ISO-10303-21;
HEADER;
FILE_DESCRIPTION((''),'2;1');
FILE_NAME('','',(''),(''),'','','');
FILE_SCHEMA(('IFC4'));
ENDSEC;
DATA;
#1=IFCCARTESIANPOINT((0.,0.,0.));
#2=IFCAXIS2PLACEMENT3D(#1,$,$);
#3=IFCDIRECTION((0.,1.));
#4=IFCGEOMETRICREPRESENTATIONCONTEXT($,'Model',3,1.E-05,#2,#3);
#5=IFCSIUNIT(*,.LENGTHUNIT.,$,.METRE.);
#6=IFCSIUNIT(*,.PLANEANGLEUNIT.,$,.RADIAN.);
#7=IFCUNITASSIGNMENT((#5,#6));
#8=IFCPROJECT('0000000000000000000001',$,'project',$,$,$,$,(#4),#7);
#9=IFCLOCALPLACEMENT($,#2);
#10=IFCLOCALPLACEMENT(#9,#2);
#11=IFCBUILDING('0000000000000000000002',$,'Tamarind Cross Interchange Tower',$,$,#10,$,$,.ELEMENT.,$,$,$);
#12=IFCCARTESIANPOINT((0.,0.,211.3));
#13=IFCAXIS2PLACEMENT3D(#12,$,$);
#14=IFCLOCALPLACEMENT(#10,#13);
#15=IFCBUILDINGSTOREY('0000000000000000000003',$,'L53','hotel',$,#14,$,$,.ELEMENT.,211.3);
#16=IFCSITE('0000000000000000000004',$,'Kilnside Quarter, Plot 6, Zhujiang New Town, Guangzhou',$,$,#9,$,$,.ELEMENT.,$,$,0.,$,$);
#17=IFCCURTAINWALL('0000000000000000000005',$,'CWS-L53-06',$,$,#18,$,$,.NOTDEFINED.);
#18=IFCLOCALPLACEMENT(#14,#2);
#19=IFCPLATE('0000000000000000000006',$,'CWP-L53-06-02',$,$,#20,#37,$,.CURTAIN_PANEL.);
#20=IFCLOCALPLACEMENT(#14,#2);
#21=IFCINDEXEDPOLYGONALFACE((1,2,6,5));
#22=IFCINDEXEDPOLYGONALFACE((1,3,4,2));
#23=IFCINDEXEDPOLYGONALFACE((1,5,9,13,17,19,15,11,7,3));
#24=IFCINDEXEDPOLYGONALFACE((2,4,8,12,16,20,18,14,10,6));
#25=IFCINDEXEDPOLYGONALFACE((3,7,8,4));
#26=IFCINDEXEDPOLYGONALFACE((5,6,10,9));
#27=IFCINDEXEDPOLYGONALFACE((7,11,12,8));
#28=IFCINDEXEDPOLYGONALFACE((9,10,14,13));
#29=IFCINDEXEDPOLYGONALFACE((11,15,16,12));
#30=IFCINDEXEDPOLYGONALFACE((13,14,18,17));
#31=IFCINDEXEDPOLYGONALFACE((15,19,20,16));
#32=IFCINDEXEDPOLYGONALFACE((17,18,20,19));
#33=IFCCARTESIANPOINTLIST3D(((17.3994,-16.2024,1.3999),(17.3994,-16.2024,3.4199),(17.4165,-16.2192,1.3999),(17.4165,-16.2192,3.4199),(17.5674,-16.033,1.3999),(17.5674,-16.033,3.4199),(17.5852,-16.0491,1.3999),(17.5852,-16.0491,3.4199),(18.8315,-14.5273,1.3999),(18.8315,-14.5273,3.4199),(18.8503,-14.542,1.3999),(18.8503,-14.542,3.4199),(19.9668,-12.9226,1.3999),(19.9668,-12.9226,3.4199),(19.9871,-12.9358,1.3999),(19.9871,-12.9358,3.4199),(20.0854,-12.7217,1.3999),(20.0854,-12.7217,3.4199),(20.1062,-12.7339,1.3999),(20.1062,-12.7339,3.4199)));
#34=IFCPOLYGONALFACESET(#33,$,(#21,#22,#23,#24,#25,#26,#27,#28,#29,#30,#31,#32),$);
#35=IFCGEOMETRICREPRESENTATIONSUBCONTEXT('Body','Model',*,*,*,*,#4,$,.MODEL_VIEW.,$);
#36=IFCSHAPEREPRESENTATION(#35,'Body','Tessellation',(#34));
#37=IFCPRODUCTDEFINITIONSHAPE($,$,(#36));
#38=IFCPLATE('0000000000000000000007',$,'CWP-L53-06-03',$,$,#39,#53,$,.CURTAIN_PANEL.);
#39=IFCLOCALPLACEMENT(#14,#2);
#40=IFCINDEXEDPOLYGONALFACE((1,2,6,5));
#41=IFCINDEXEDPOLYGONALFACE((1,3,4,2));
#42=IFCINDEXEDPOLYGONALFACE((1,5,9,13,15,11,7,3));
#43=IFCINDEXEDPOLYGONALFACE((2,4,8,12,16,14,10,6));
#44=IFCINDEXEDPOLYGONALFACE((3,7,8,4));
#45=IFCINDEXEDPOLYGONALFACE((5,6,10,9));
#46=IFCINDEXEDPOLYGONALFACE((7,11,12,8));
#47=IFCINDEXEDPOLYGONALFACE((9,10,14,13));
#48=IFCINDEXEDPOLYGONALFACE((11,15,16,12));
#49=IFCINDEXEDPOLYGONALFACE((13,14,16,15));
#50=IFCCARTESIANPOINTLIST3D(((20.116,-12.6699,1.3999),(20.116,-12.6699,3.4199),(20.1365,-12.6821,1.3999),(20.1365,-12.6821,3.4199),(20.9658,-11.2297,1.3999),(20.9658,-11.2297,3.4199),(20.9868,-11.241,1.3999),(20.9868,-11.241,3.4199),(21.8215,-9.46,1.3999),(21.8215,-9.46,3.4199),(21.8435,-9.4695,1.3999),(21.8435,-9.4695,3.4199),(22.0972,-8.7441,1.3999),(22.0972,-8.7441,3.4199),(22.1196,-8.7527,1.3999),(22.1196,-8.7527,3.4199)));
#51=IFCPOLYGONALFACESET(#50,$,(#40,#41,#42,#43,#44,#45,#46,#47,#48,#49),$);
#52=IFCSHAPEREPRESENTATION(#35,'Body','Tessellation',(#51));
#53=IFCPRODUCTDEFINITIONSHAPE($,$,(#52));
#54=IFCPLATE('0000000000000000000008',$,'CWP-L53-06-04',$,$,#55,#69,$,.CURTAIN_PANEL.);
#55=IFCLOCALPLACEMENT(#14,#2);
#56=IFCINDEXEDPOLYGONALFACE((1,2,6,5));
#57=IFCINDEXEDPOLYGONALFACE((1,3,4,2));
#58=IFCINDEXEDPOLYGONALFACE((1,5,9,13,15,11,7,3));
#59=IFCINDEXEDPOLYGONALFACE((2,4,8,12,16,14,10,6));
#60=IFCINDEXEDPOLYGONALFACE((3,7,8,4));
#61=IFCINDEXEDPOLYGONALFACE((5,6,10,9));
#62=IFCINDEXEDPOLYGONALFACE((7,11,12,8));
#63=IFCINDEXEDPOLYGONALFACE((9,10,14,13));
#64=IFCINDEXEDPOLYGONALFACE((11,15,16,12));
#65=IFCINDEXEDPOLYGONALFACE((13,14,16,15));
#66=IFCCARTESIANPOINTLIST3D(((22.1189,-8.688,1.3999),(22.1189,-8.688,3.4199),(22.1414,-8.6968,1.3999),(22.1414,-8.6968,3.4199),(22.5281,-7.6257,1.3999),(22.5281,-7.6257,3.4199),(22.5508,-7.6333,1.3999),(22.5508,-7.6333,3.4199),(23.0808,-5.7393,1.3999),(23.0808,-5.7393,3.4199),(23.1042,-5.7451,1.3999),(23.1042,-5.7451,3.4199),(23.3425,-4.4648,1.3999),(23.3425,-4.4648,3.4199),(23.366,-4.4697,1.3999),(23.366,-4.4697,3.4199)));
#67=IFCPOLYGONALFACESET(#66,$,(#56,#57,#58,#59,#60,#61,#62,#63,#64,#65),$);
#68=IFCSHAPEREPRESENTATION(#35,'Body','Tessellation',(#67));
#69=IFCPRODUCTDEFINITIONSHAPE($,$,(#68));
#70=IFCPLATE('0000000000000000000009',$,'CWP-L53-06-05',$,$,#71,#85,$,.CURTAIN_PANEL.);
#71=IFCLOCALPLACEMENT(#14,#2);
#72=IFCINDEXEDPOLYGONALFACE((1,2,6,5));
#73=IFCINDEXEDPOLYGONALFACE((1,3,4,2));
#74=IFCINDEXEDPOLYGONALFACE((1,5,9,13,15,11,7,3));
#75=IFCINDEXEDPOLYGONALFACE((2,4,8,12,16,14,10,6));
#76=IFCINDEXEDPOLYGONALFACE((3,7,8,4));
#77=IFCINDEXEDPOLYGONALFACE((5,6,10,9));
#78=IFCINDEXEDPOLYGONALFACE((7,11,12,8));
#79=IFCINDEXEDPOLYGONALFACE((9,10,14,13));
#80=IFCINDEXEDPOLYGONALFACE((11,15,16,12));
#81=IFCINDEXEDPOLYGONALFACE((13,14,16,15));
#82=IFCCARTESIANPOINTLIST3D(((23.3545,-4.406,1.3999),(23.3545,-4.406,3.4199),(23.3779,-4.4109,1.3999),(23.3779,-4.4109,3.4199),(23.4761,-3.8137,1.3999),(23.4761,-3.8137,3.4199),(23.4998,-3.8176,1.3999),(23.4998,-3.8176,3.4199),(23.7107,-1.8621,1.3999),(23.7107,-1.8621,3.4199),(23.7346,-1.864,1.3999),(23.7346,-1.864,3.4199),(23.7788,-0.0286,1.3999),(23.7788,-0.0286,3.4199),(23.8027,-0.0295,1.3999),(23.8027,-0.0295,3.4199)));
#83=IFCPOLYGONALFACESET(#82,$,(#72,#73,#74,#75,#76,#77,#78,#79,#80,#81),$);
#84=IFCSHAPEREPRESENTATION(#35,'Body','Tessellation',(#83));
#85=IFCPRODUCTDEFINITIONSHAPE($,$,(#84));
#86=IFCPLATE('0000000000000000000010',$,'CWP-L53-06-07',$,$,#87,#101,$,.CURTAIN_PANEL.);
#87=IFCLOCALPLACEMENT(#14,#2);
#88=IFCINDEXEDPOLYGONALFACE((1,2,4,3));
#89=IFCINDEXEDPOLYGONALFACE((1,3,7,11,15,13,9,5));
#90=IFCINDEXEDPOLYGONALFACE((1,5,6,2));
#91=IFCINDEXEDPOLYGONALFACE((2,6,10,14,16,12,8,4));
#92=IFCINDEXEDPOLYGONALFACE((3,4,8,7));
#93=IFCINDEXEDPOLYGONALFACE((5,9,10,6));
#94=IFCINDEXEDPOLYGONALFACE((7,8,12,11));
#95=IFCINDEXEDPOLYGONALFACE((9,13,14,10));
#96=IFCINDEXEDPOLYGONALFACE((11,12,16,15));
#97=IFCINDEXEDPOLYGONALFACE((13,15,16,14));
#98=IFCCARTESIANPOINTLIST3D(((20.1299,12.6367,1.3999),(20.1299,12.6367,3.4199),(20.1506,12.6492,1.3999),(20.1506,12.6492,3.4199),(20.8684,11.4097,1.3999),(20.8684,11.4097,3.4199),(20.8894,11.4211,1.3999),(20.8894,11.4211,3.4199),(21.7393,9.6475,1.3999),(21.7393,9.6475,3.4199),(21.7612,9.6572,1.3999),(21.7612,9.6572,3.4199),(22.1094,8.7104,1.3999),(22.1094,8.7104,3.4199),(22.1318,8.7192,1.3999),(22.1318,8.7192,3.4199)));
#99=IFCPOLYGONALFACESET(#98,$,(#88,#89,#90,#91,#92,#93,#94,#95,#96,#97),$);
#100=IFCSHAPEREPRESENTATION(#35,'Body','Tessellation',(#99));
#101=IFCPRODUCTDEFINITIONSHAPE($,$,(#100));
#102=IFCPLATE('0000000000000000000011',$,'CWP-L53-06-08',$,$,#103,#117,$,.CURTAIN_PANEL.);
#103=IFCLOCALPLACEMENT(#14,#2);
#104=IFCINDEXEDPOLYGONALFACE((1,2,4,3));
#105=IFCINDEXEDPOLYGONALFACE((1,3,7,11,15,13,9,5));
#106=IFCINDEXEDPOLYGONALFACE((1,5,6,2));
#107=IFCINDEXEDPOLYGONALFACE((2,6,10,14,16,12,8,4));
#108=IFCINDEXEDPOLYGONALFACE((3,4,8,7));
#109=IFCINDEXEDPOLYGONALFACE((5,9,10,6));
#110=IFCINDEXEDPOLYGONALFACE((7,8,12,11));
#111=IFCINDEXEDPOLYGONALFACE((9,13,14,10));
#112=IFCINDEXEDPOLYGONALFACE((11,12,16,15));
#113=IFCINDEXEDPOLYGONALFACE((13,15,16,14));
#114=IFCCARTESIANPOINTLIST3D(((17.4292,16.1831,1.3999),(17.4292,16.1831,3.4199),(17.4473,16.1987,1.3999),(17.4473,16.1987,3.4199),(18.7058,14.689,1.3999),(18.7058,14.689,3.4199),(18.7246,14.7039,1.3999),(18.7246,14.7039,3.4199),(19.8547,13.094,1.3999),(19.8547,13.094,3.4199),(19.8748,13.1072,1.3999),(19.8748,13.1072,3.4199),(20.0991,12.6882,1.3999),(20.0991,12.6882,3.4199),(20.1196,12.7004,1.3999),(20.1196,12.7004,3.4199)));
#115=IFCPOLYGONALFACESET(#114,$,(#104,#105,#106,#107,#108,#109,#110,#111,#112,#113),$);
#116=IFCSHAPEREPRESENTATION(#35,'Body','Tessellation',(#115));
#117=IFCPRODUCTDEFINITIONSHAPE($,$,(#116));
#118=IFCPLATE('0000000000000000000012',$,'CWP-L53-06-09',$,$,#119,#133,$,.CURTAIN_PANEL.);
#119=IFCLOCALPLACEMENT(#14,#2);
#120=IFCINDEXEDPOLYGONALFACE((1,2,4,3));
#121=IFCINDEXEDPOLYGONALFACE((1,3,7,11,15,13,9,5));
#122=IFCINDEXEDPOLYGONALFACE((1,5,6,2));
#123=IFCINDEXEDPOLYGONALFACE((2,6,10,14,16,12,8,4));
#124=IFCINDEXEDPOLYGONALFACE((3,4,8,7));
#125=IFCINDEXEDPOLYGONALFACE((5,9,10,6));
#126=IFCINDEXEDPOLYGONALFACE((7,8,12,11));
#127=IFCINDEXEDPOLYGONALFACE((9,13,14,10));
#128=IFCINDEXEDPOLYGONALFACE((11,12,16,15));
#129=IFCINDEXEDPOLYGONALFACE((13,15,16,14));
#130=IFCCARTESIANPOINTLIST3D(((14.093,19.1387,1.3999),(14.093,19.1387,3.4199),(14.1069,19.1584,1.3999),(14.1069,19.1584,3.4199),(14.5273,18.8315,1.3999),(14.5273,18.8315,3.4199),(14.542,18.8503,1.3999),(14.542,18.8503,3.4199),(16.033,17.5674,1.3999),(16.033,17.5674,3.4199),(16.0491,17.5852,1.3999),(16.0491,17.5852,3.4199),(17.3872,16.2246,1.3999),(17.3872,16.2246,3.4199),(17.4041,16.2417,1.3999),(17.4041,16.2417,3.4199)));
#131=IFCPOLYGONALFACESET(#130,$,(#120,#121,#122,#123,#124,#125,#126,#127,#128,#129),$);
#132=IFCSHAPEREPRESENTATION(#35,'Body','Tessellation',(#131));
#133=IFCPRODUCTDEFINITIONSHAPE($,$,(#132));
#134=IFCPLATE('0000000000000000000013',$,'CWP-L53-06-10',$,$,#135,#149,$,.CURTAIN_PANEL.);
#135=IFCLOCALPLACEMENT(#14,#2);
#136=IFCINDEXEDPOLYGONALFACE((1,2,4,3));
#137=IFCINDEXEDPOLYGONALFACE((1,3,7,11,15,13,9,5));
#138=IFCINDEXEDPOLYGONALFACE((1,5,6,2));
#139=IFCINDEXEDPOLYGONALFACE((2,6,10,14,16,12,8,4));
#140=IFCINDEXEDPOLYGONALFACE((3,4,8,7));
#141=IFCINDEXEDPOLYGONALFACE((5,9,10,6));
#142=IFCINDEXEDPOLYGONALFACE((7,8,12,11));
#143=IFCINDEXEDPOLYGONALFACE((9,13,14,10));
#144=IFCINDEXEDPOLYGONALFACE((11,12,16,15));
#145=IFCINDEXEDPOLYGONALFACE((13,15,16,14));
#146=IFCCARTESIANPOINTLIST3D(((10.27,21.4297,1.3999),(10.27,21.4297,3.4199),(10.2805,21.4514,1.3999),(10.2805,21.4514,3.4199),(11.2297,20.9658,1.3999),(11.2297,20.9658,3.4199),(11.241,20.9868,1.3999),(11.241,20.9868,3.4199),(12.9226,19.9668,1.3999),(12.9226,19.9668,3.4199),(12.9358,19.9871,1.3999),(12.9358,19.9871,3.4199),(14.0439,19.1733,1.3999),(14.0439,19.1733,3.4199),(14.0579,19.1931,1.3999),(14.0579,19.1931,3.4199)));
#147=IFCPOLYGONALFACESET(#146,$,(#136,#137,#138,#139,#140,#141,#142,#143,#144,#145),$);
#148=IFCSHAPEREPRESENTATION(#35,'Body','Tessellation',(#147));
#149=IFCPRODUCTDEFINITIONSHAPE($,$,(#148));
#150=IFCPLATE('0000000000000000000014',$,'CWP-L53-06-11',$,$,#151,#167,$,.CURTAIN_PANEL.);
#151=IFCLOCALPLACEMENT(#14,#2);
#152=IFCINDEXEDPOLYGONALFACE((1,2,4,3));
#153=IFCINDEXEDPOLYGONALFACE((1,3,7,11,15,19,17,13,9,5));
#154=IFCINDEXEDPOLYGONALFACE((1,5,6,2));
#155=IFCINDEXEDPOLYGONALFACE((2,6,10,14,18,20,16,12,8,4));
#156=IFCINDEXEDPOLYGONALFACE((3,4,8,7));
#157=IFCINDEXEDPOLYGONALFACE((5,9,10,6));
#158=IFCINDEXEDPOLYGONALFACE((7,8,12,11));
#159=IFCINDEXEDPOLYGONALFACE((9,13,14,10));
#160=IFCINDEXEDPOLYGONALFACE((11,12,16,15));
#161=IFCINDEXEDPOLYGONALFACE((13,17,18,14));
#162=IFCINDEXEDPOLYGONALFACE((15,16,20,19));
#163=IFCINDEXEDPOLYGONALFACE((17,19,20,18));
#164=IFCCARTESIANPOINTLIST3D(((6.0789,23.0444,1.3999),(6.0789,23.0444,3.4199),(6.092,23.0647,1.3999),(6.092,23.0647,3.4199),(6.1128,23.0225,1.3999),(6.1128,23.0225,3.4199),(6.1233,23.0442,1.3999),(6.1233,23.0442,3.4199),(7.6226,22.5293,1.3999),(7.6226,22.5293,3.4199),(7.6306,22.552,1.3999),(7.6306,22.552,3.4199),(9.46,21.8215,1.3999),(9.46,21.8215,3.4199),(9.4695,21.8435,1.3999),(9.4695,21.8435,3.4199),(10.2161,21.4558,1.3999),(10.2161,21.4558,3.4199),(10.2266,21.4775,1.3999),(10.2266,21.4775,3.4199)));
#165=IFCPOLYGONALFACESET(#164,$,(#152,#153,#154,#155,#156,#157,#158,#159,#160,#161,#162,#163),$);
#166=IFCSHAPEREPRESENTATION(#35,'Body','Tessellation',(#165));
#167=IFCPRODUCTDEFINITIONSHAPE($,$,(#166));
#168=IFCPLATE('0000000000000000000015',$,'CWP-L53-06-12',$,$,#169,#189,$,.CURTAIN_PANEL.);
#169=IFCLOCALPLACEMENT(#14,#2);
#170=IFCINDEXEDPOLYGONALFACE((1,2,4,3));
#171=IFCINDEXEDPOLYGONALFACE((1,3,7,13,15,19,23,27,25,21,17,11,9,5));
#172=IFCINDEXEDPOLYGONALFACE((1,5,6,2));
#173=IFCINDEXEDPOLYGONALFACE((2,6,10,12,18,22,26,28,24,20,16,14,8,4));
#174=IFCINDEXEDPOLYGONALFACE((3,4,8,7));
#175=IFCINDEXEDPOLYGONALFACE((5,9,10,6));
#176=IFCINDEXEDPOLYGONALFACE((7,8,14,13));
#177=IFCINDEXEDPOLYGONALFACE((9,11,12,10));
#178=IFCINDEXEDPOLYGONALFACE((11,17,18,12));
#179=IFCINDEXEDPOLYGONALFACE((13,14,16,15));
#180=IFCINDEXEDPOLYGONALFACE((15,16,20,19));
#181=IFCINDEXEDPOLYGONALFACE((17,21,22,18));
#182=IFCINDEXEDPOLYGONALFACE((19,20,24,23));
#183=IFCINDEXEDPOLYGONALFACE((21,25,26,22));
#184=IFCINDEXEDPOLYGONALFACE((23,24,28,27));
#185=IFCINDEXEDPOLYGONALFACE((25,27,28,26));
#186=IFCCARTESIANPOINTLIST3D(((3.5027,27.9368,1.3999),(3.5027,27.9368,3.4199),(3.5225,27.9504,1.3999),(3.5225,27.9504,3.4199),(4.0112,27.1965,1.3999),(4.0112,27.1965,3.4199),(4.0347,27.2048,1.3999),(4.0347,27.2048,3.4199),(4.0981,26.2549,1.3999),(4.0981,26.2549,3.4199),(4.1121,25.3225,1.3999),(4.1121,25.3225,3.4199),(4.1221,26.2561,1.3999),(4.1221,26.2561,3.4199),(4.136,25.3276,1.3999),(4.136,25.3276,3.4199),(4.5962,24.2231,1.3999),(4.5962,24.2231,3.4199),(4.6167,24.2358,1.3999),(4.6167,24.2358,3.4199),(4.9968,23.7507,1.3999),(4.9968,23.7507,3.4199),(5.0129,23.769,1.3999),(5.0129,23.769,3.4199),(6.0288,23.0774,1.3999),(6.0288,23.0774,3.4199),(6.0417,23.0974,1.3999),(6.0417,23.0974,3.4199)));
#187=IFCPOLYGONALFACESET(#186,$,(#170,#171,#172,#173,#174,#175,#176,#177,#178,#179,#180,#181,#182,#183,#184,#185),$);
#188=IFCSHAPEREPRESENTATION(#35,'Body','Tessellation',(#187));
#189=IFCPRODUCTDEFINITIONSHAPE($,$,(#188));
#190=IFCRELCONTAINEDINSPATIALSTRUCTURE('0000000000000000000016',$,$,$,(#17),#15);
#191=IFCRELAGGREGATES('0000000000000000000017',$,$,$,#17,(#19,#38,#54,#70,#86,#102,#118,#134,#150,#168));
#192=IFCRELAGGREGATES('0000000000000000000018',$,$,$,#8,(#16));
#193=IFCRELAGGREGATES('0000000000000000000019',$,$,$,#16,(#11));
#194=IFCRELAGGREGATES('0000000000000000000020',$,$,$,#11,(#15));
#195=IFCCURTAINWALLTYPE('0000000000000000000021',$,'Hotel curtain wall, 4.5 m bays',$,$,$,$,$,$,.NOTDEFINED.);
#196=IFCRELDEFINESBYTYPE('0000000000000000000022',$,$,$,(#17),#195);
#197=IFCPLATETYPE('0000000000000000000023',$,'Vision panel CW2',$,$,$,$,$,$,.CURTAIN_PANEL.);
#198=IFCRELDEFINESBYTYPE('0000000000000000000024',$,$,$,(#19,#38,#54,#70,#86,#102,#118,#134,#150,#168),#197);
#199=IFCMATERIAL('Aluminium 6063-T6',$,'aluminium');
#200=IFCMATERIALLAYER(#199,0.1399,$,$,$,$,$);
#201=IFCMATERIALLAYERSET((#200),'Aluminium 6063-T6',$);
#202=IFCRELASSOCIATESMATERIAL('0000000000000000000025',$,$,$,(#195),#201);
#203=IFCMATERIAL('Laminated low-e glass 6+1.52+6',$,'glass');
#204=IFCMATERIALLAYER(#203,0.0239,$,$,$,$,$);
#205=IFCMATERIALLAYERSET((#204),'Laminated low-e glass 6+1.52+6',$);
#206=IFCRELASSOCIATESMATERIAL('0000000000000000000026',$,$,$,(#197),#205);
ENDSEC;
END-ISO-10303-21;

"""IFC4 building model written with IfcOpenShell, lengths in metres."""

from ifc_helpers import new_model, si_unit, direction, frame, origin, place, context, subcontext, project, spatial, polyline, outline, extrude, material, layer, layer_set, type_object, element, aggregate, save


model = new_model("IFC4")

# Units and contexts
model_context = context("Model", 3, precision=1e-05, world=origin(), true_north=direction((0.0, 1.0)))
body_context = subcontext(model_context, "Body", "Model", "MODEL_VIEW")
ifc_project = project(units=[si_unit("LENGTHUNIT", "METRE"), si_unit("PLANEANGLEUNIT", "RADIAN")], contexts=[model_context])

# Site, building, storey
site_placement = place(None, origin())
site = spatial("IfcSite", under=ifc_project, at=site_placement, Name="Kilnside Quarter, Plot 6, Zhujiang New Town, Guangzhou", CompositionType="ELEMENT", RefElevation=0.0)
building_placement = place(site_placement, origin())
building = spatial("IfcBuilding", under=site, at=building_placement, Name="Tamarind Cross Interchange Tower", CompositionType="ELEMENT")
storey_placement = place(building_placement, frame((0.0, 0.0, 211.3)))
storey = spatial("IfcBuildingStorey", under=building, at=storey_placement, Name="L53", Description="hotel", CompositionType="ELEMENT", Elevation=211.3)

# Curtain wall, plates
ifc_material_1 = material(Name="Aluminium 6063-T6", Category="aluminium")
ifc_layer_1 = layer(ifc_material_1, 0.1399)
ifc_layer_set_1 = layer_set([ifc_layer_1], Name="Aluminium 6063-T6")
curtain_wall_type = type_object("IfcCurtainWallType", Name="Hotel curtain wall, 4.5 m bays", PredefinedType="NOTDEFINED", material=ifc_layer_set_1)
curtain_wall_1_placement = place(storey_placement, origin())
curtain_wall_1 = element("IfcCurtainWall", 1, at=curtain_wall_1_placement, inside=storey, type_object=curtain_wall_type, Name="CWS-L53-06", PredefinedType="NOTDEFINED")
ifc_material_2 = material(Name="Laminated low-e glass 6+1.52+6", Category="glass")
ifc_layer_2 = layer(ifc_material_2, 0.0239)
ifc_layer_set_2 = layer_set([ifc_layer_2], Name="Laminated low-e glass 6+1.52+6")
plate_type = type_object("IfcPlateType", Name="Vision panel CW2", PredefinedType="CURTAIN_PANEL", material=ifc_layer_set_2)
plate_1_placement = place(storey_placement, frame((0.0, 0.0, 1.3999)))
plate_1 = element("IfcPlate", 2, at=plate_1_placement, type_object=plate_type, Name="CWP-L53-06-02", PredefinedType="CURTAIN_PANEL", context=body_context, shape_type="SweptSolid", body=[
    extrude(outline(polyline([(17.3994, -16.2024), (17.5674, -16.033), (18.8315, -14.5273), (19.9668, -12.9226), (20.0854, -12.7217), (20.1062, -12.7339), (19.9871, -12.9358), (18.8503, -14.542), (17.5852, -16.0491), (17.4165, -16.2192), (17.3994, -16.2024)])), origin(), (0.0, 0.0, 1.0), 2.02),
])
plate_2_placement = place(storey_placement, frame((0.0, 0.0, 1.3999)))
plate_2 = element("IfcPlate", 3, at=plate_2_placement, type_object=plate_type, Name="CWP-L53-06-03", PredefinedType="CURTAIN_PANEL", context=body_context, shape_type="SweptSolid", body=[
    extrude(outline(polyline([(20.116, -12.6699), (20.9658, -11.2297), (21.8215, -9.46), (22.0972, -8.7441), (22.1196, -8.7527), (21.8435, -9.4695), (20.9868, -11.241), (20.1365, -12.6821), (20.116, -12.6699)])), origin(), (0.0, 0.0, 1.0), 2.02),
])
plate_3_placement = place(storey_placement, frame((0.0, 0.0, 1.3999)))
plate_3 = element("IfcPlate", 4, at=plate_3_placement, type_object=plate_type, Name="CWP-L53-06-04", PredefinedType="CURTAIN_PANEL", context=body_context, shape_type="SweptSolid", body=[
    extrude(outline(polyline([(22.1189, -8.688), (22.5281, -7.6257), (23.0808, -5.7393), (23.3425, -4.4648), (23.366, -4.4697), (23.1042, -5.7451), (22.5508, -7.6333), (22.1414, -8.6968), (22.1189, -8.688)])), origin(), (0.0, 0.0, 1.0), 2.02),
])
plate_4_placement = place(storey_placement, frame((0.0, 0.0, 1.3999)))
plate_4 = element("IfcPlate", 5, at=plate_4_placement, type_object=plate_type, Name="CWP-L53-06-05", PredefinedType="CURTAIN_PANEL", context=body_context, shape_type="SweptSolid", body=[
    extrude(outline(polyline([(23.3545, -4.406), (23.4761, -3.8137), (23.7107, -1.8621), (23.7788, -0.0286), (23.8027, -0.0295), (23.7346, -1.864), (23.4998, -3.8176), (23.3779, -4.4109), (23.3545, -4.406)])), origin(), (0.0, 0.0, 1.0), 2.02),
])
plate_5_placement = place(storey_placement, frame((0.0, 0.0, 1.3999)))
plate_5 = element("IfcPlate", 6, at=plate_5_placement, type_object=plate_type, Name="CWP-L53-06-07", PredefinedType="CURTAIN_PANEL", context=body_context, shape_type="SweptSolid", body=[
    extrude(outline(polyline([(22.1094, 8.7104), (21.7393, 9.6475), (20.8684, 11.4097), (20.1299, 12.6367), (20.1506, 12.6492), (20.8894, 11.4211), (21.7612, 9.6572), (22.1318, 8.7192), (22.1094, 8.7104)])), origin(), (0.0, 0.0, 1.0), 2.02),
])
plate_6_placement = place(storey_placement, frame((0.0, 0.0, 1.3999)))
plate_6 = element("IfcPlate", 7, at=plate_6_placement, type_object=plate_type, Name="CWP-L53-06-08", PredefinedType="CURTAIN_PANEL", context=body_context, shape_type="SweptSolid", body=[
    extrude(outline(polyline([(20.0991, 12.6882), (19.8547, 13.094), (18.7058, 14.689), (17.4292, 16.1831), (17.4473, 16.1987), (18.7246, 14.7039), (19.8748, 13.1072), (20.1196, 12.7004), (20.0991, 12.6882)])), origin(), (0.0, 0.0, 1.0), 2.02),
])
plate_7_placement = place(storey_placement, frame((0.0, 0.0, 1.3999)))
plate_7 = element("IfcPlate", 8, at=plate_7_placement, type_object=plate_type, Name="CWP-L53-06-09", PredefinedType="CURTAIN_PANEL", context=body_context, shape_type="SweptSolid", body=[
    extrude(outline(polyline([(17.3872, 16.2246), (16.033, 17.5674), (14.5273, 18.8315), (14.093, 19.1387), (14.1069, 19.1584), (14.542, 18.8503), (16.0491, 17.5852), (17.4041, 16.2417), (17.3872, 16.2246)])), origin(), (0.0, 0.0, 1.0), 2.02),
])
plate_8_placement = place(storey_placement, frame((0.0, 0.0, 1.3999)))
plate_8 = element("IfcPlate", 9, at=plate_8_placement, type_object=plate_type, Name="CWP-L53-06-10", PredefinedType="CURTAIN_PANEL", context=body_context, shape_type="SweptSolid", body=[
    extrude(outline(polyline([(14.0439, 19.1733), (12.9226, 19.9668), (11.2297, 20.9658), (10.27, 21.4297), (10.2805, 21.4514), (11.241, 20.9868), (12.9358, 19.9871), (14.0579, 19.1931), (14.0439, 19.1733)])), origin(), (0.0, 0.0, 1.0), 2.02),
])
plate_9_placement = place(storey_placement, frame((0.0, 0.0, 1.3999)))
plate_9 = element("IfcPlate", 10, at=plate_9_placement, type_object=plate_type, Name="CWP-L53-06-11", PredefinedType="CURTAIN_PANEL", context=body_context, shape_type="SweptSolid", body=[
    extrude(outline(polyline([(10.2161, 21.4558), (9.46, 21.8215), (7.6226, 22.5293), (6.1128, 23.0225), (6.0789, 23.0444), (6.092, 23.0647), (6.1233, 23.0442), (7.6306, 22.552), (9.4695, 21.8435), (10.2266, 21.4775), (10.2161, 21.4558)])), origin(), (0.0, 0.0, 1.0), 2.02),
])
plate_10_placement = place(storey_placement, frame((0.0, 0.0, 1.3999)))
plate_10 = element("IfcPlate", 11, at=plate_10_placement, type_object=plate_type, Name="CWP-L53-06-12", PredefinedType="CURTAIN_PANEL", context=body_context, shape_type="SweptSolid", body=[
    extrude(outline(polyline([(6.0288, 23.0774), (4.9968, 23.7507), (4.5962, 24.2231), (4.1121, 25.3225), (4.0981, 26.2549), (4.0112, 27.1965), (3.5027, 27.9368), (3.5225, 27.9504), (4.0347, 27.2048), (4.1221, 26.2561), (4.136, 25.3276), (4.6167, 24.2358), (5.0129, 23.769), (6.0417, 23.0974), (6.0288, 23.0774)])), origin(), (0.0, 0.0, 1.0), 2.02),
])
aggregate(curtain_wall_1, [plate_1, plate_2, plate_3, plate_4, plate_5, plate_6, plate_7, plate_8, plate_9, plate_10])

save(model, "model.ifc")
